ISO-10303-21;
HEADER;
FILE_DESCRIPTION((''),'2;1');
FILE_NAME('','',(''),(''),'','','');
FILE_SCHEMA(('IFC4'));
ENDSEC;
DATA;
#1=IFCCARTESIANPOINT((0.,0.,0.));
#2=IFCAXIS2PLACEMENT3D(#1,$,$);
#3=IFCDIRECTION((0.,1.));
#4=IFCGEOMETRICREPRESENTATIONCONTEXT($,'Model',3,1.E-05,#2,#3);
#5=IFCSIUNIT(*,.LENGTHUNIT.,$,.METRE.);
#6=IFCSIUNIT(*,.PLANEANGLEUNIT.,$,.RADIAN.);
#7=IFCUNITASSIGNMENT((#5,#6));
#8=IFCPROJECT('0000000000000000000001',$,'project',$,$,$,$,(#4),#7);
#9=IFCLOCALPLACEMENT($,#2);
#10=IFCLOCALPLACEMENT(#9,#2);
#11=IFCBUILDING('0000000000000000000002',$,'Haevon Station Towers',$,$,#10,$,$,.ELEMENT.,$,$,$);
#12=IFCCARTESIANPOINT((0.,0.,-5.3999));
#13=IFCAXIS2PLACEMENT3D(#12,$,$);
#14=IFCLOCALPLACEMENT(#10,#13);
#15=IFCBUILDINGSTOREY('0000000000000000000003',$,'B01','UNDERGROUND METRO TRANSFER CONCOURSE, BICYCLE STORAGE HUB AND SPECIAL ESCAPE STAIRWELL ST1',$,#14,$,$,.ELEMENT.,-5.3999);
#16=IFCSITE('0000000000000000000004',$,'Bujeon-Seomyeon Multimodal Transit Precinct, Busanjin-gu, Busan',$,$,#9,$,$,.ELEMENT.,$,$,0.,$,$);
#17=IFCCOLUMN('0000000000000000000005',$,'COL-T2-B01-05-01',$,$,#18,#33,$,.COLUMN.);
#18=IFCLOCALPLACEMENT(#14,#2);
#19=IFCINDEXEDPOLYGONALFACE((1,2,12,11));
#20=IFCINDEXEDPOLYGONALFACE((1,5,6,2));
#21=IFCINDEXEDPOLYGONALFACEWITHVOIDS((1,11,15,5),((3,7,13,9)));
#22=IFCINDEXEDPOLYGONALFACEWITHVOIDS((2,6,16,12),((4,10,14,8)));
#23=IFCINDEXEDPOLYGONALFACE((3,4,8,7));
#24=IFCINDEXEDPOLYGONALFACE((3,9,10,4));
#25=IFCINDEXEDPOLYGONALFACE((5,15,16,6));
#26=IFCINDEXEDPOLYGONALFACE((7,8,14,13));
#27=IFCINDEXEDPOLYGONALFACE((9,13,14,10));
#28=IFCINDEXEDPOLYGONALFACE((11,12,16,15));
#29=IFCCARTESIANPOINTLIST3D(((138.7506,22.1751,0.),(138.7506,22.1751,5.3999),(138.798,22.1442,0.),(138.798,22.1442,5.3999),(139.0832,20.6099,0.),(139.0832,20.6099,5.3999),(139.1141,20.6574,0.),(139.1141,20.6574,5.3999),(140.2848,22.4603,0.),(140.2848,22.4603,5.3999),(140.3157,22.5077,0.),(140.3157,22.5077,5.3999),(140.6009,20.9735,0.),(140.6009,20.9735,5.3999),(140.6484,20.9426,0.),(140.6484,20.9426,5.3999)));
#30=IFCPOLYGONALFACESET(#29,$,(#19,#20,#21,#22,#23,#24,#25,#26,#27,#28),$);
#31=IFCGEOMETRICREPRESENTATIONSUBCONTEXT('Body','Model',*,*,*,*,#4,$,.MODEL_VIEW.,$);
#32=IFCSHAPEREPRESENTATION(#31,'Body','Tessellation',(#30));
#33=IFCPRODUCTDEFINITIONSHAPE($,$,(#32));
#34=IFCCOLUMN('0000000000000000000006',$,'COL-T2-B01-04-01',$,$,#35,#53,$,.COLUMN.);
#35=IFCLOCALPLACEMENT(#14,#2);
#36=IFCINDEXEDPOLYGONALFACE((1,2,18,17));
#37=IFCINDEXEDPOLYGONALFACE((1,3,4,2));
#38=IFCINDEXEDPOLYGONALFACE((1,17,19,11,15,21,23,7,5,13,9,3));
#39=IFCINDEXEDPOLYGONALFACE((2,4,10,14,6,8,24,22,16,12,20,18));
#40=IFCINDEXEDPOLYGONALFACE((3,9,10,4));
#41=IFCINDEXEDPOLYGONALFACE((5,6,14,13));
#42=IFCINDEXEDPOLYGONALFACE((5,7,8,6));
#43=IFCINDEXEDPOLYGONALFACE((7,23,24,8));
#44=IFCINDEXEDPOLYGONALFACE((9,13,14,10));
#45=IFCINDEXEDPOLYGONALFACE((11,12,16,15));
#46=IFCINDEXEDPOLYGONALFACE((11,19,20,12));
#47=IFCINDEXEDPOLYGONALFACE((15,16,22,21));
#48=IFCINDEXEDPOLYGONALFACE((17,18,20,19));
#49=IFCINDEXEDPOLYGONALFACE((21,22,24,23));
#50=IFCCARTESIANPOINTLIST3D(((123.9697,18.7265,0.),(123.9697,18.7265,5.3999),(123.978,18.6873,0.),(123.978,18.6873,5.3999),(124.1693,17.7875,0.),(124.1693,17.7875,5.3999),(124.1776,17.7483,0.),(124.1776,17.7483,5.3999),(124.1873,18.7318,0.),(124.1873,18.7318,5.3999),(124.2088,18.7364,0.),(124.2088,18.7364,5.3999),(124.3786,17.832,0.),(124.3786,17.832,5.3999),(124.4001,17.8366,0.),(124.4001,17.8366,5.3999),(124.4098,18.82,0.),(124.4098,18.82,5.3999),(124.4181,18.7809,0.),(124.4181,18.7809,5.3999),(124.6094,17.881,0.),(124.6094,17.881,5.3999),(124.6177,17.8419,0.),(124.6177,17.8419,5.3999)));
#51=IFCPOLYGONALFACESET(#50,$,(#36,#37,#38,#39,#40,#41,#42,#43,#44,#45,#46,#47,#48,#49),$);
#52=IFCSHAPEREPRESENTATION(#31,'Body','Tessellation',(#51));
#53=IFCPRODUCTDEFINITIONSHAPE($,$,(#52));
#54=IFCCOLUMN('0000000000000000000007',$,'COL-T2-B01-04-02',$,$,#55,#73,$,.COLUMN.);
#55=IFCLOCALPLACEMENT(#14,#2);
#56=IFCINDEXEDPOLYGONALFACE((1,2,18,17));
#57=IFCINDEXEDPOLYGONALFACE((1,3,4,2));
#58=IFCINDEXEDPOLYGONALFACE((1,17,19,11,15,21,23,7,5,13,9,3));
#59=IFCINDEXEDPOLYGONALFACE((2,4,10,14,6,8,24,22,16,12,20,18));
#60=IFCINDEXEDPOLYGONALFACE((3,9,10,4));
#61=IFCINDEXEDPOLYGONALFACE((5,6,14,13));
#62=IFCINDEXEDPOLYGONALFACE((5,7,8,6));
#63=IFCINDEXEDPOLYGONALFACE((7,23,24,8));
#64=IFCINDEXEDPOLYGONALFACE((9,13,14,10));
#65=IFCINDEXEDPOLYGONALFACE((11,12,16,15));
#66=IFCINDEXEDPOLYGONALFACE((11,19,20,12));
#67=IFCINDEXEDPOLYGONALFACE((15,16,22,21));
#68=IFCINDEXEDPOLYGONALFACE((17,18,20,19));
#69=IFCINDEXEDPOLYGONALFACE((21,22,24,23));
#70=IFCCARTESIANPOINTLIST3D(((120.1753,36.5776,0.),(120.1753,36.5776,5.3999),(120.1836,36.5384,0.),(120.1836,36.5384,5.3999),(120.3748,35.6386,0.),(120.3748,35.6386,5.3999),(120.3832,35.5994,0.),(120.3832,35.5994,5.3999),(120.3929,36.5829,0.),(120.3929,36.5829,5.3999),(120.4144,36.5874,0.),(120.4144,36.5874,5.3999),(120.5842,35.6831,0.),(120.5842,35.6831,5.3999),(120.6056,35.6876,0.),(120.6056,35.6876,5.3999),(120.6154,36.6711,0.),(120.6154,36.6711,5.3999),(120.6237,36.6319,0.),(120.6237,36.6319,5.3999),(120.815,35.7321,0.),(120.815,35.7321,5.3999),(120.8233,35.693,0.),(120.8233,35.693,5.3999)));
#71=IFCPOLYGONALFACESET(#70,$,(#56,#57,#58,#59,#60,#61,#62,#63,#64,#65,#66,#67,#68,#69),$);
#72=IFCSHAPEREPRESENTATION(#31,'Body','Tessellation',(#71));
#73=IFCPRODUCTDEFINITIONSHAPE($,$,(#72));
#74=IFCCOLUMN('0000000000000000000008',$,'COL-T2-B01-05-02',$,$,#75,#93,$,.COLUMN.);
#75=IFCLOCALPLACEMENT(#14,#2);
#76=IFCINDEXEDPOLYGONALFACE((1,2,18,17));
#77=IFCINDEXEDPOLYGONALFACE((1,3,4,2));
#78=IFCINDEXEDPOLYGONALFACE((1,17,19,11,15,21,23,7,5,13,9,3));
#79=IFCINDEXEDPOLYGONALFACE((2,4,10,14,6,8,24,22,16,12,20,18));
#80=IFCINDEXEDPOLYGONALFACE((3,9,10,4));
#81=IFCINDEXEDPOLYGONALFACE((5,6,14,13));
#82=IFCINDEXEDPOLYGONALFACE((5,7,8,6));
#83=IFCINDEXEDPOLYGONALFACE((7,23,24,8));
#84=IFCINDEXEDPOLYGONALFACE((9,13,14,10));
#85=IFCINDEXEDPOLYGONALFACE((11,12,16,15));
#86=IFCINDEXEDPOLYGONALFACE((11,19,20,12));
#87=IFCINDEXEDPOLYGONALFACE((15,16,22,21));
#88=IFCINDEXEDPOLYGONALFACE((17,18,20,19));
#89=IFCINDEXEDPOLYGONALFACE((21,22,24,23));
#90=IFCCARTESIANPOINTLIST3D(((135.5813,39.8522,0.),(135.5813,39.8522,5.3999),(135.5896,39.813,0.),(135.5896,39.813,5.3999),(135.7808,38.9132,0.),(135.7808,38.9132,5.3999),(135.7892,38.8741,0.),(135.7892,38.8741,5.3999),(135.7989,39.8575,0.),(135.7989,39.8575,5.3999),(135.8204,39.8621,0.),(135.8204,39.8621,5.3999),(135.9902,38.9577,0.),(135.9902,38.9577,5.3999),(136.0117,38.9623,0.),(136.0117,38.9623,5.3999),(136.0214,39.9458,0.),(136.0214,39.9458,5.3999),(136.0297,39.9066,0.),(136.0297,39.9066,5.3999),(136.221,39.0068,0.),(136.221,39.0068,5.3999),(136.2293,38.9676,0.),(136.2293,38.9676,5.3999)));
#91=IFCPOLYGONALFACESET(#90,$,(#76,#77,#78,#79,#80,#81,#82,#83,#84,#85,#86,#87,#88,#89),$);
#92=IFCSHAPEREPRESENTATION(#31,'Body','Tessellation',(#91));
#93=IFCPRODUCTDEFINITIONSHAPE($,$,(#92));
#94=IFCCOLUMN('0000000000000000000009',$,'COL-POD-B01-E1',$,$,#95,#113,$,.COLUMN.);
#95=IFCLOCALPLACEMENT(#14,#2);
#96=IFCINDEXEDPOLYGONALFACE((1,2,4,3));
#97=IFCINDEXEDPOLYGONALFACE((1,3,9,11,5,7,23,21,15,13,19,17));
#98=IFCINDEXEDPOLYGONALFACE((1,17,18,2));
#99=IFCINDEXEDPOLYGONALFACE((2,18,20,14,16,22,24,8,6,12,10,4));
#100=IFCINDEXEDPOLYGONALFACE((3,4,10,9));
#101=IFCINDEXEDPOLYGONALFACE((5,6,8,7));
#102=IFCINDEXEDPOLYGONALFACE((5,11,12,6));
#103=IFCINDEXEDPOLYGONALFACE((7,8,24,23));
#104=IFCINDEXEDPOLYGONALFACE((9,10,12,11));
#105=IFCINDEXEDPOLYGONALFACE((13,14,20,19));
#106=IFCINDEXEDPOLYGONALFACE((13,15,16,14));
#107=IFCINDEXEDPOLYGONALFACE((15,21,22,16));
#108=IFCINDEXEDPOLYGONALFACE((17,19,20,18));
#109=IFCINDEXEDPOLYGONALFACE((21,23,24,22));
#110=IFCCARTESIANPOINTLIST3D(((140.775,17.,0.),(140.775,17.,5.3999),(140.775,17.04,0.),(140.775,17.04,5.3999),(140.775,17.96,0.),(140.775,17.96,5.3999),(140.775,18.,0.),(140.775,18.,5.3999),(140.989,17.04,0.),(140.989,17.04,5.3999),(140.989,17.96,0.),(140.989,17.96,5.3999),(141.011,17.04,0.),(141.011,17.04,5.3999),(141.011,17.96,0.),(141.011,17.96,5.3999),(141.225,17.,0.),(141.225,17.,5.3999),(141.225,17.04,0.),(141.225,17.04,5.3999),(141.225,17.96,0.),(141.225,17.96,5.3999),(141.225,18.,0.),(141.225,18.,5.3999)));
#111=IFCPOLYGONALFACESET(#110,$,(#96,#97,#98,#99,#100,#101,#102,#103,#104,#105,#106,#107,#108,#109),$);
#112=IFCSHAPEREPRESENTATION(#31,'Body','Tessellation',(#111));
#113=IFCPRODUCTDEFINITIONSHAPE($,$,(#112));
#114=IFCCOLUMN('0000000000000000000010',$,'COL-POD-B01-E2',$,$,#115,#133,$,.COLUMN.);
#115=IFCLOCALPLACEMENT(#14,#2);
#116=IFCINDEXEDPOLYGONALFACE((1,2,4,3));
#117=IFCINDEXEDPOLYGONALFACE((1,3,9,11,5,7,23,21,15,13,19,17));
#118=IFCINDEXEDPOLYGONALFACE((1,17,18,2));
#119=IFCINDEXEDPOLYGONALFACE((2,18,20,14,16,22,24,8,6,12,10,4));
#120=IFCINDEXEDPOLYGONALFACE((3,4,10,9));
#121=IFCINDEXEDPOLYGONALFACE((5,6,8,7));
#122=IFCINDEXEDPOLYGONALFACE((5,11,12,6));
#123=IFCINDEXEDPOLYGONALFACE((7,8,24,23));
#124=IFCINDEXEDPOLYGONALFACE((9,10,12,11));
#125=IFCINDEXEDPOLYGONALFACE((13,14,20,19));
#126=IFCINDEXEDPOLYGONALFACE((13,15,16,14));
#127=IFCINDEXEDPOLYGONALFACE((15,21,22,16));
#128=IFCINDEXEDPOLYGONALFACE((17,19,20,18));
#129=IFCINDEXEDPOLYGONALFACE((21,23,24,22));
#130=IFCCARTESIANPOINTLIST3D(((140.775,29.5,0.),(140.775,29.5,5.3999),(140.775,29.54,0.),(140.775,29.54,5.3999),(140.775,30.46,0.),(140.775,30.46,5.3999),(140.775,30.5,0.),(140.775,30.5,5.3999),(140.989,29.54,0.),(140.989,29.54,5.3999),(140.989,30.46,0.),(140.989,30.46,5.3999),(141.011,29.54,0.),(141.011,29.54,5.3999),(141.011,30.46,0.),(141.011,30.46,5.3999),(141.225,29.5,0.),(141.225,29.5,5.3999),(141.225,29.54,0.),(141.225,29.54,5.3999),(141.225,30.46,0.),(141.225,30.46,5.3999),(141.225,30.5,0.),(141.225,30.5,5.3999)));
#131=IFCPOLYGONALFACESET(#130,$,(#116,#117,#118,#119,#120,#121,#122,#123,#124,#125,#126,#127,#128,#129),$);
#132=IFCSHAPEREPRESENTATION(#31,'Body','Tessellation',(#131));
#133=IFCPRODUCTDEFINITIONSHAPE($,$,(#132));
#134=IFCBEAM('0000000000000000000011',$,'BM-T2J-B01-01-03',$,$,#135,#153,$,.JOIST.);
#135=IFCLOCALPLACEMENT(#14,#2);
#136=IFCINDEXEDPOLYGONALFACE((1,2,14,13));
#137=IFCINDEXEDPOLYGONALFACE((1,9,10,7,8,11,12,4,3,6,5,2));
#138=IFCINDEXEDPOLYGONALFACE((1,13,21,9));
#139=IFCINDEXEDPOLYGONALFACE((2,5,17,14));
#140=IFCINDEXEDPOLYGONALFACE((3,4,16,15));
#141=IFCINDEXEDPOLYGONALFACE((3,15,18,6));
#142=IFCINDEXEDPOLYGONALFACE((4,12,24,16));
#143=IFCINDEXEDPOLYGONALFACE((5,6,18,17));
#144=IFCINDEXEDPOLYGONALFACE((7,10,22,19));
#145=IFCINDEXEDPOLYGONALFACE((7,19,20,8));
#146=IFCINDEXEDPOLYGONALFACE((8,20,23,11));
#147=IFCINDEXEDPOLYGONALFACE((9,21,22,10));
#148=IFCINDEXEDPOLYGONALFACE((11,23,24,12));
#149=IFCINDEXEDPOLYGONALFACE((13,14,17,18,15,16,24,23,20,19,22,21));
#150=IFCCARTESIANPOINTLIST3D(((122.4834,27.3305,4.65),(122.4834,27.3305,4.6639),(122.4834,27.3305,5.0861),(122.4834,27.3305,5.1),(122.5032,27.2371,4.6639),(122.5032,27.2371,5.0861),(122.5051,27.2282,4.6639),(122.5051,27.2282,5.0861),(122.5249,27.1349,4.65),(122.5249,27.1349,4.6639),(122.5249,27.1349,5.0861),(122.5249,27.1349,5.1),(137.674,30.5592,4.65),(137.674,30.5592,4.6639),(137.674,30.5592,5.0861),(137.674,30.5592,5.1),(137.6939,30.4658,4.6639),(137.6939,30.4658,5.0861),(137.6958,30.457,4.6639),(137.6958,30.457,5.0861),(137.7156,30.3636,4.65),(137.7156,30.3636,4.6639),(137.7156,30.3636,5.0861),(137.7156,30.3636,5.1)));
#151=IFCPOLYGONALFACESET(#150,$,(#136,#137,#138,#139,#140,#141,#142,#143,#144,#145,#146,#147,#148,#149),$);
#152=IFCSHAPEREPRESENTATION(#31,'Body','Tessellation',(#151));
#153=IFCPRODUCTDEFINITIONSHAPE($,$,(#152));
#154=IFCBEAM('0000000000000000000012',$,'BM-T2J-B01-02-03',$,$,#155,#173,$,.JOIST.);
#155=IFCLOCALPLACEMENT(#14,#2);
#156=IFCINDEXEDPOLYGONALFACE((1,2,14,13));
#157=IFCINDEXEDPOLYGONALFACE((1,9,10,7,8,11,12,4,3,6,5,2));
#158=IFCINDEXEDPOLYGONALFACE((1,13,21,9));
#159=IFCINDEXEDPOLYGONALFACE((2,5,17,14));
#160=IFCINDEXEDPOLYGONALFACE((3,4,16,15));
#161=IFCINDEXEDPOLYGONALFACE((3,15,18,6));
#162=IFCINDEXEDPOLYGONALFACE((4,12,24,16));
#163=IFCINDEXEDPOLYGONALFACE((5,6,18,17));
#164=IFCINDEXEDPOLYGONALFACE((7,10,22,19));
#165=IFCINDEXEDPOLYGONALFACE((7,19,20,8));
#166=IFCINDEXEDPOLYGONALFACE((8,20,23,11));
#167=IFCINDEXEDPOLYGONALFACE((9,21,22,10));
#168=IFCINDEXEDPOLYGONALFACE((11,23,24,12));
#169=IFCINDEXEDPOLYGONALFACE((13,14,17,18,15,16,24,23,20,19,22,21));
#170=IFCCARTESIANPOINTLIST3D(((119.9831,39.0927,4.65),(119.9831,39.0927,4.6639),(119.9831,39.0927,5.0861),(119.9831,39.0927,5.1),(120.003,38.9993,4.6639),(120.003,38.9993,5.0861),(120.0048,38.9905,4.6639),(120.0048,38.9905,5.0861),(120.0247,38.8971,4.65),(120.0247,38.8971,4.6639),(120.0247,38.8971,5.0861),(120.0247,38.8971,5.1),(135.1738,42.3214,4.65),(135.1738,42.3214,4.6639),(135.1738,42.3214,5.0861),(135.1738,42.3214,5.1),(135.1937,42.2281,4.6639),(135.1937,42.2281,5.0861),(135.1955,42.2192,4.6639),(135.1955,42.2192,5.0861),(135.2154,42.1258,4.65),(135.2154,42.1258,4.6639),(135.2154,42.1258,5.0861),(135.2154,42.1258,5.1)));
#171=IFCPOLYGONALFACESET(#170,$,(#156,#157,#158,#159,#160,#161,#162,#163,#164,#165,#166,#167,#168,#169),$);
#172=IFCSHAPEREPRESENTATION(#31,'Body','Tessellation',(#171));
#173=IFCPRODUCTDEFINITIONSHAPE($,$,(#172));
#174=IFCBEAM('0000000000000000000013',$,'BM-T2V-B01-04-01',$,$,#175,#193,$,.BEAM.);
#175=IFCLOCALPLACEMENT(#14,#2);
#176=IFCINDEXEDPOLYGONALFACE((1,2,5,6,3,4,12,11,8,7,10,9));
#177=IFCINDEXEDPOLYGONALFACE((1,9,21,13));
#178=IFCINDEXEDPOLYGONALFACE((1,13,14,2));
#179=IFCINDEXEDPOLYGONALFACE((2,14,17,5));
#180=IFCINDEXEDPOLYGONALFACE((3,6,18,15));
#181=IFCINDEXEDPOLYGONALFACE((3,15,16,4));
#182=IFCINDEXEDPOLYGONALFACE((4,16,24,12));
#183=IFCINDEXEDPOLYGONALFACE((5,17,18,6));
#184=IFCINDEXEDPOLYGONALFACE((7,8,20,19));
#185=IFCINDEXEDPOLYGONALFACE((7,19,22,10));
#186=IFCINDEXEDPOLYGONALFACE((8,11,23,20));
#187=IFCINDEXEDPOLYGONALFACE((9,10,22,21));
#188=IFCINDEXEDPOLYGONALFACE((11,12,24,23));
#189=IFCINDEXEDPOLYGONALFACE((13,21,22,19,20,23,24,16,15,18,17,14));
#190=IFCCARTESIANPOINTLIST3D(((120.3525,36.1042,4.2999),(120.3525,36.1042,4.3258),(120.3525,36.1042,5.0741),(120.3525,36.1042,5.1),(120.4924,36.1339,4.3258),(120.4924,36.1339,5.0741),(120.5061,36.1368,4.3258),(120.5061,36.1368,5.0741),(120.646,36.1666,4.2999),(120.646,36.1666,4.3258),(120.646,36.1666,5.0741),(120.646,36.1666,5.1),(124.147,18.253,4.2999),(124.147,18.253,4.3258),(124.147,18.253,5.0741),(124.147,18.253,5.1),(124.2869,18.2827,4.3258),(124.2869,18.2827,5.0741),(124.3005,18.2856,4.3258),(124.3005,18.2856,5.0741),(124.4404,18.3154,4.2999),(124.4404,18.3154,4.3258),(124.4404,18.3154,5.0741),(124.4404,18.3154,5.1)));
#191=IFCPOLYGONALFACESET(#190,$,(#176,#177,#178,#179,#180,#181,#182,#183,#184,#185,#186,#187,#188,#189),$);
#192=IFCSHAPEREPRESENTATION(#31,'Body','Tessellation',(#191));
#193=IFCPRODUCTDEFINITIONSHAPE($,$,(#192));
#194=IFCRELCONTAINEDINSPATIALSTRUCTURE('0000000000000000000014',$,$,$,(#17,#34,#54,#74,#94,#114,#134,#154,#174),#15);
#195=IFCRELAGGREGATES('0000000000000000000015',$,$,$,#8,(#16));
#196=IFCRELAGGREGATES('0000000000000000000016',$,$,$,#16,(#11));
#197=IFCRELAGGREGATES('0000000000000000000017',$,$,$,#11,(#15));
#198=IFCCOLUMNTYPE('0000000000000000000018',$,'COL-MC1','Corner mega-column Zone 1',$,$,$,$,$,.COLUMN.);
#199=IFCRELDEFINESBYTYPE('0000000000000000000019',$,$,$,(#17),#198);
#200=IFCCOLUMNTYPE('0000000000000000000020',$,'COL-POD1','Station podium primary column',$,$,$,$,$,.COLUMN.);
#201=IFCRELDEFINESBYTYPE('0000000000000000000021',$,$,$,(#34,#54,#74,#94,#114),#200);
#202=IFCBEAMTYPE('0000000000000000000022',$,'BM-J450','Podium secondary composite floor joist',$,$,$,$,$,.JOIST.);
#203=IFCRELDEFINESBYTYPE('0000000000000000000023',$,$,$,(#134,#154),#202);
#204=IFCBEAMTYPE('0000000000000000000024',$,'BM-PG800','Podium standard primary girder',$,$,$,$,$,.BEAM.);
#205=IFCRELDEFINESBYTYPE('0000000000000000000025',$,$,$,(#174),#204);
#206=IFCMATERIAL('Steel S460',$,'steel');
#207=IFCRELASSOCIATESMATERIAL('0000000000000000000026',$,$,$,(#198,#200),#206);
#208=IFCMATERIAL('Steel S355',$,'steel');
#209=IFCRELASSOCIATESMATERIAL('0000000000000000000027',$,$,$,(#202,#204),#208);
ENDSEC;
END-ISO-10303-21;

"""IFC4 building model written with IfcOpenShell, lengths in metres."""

from ifc_helpers import new_model, si_unit, direction, frame, origin, origin_2d, place, context, subcontext, project, spatial, hollow_rectangle, i_section, extrude, material, material_profile, profile_set, type_object, element, save


model = new_model("IFC4")

# Units and contexts
model_context = context("Model", 3, precision=1e-05, world=origin(), true_north=direction((0.0, 1.0)))
body_context = subcontext(model_context, "Body", "Model", "MODEL_VIEW")
ifc_project = project(units=[si_unit("LENGTHUNIT", "METRE"), si_unit("PLANEANGLEUNIT", "RADIAN")], contexts=[model_context])

# Site, building, storey
site_placement = place(None, origin())
site = spatial("IfcSite", under=ifc_project, at=site_placement, Name="Bujeon-Seomyeon Multimodal Transit Precinct, Busanjin-gu, Busan", CompositionType="ELEMENT", RefElevation=0.0)
building_placement = place(site_placement, origin())
building = spatial("IfcBuilding", under=site, at=building_placement, Name="Haevon Station Towers", CompositionType="ELEMENT")
storey_placement = place(building_placement, frame((0.0, 0.0, -5.3999)))
storey = spatial("IfcBuildingStorey", under=building, at=storey_placement, Name="B01", Description="UNDERGROUND METRO TRANSFER CONCOURSE, BICYCLE STORAGE HUB AND SPECIAL ESCAPE STAIRWELL ST1", CompositionType="ELEMENT", Elevation=-5.3999)

# Columns
ifc_material_1 = material(Name="Steel S460", Category="steel")
ifc_material_profile_1 = material_profile(ifc_material_1, hollow_rectangle(XDim=1.6001, YDim=1.6001, WallThickness=0.04, at=origin_2d()), Name="BOX-1600x1600x40")
ifc_profile_set_1 = profile_set([ifc_material_profile_1], Name="Steel S460")
column_type_1 = type_object("IfcColumnType", Name="COL-MC1", Description="Corner mega-column Zone 1", PredefinedType="COLUMN", material=ifc_profile_set_1)
column_placement = place(storey_placement, frame((139.6995, 21.5588, 0.0), z_axis=(0.0, 0.0, 1.0), x_axis=(0.978148, 0.207912, 0.0)))
element("IfcColumn", 1, at=column_placement, inside=storey, type_object=column_type_1, Name="COL-T2-B01-05-01", PredefinedType="COLUMN", context=body_context, shape_type="SweptSolid", body=[
    extrude(hollow_rectangle(XDim=1.6001, YDim=1.6001, WallThickness=0.04, at=origin_2d()), origin(), (0.0, 0.0, 1.0), 5.3999),
])
ifc_material_profile_2 = material_profile(ifc_material_1, i_section(OverallWidth=0.45, OverallDepth=1.0, WebThickness=0.022, FlangeThickness=0.04, at=origin_2d()), Name="H-1000x450x22x40")
ifc_profile_set_2 = profile_set([ifc_material_profile_2], Name="Steel S460")
column_type_2 = type_object("IfcColumnType", Name="COL-POD1", Description="Station podium primary column", PredefinedType="COLUMN", material=ifc_profile_set_2)
for number, where, z_axis, x_axis, name in (
    (2, (124.2937, 18.2842, 0.0), (0.0, 0.0, 1.0), (0.978148, 0.207912, 0.0), "COL-T2-B01-04-01"),
    (3, (120.4993, 36.1353, 0.0), (0.0, 0.0, 1.0), (0.978148, 0.207912, 0.0), "COL-T2-B01-04-02"),
    (4, (135.9053, 39.4099, 0.0), (0.0, 0.0, 1.0), (0.978148, 0.207912, 0.0), "COL-T2-B01-05-02"),
    (5, (141.0, 17.5, 0.0), (0.0, 0.0, 1.0), (1.0, 0.0, 0.0), "COL-POD-B01-E1"),
    (6, (141.0, 30.0, 0.0), (0.0, 0.0, 1.0), (1.0, 0.0, 0.0), "COL-POD-B01-E2"),
):
    element("IfcColumn", number, at=place(storey_placement, frame(where, z_axis=z_axis, x_axis=x_axis)), inside=storey, type_object=column_type_2, Name=name, PredefinedType="COLUMN", context=body_context, shape_type="SweptSolid", body=[
        extrude(i_section(OverallWidth=0.45, OverallDepth=1.0, WebThickness=0.022, FlangeThickness=0.04, at=origin_2d()), origin(), (0.0, 0.0, 1.0), 5.3999),
    ])

# Beams
ifc_material_2 = material(Name="Steel S355", Category="steel")
ifc_material_profile_3 = material_profile(ifc_material_2, i_section(OverallWidth=0.2, OverallDepth=0.45, WebThickness=0.009, FlangeThickness=0.0139, at=origin_2d()), Name="H-450x200x9x14")
ifc_profile_set_3 = profile_set([ifc_material_profile_3], Name="Steel S355")
beam_type_1 = type_object("IfcBeamType", Name="BM-J450", Description="Podium secondary composite floor joist", PredefinedType="JOIST", material=ifc_profile_set_3)
for number, where, z_axis, x_axis, name in (
    (7, (122.5042, 27.2327, 4.875), (0.978149, 0.207904, 0.0), (-0.207904, 0.978149, 0.0), "BM-T2J-B01-01-03"),
    (8, (120.0039, 38.9949, 4.875), (0.978149, 0.207904, 0.0), (-0.207904, 0.978149, 0.0), "BM-T2J-B01-02-03"),
):
    element("IfcBeam", number, at=place(storey_placement, frame(where, z_axis=z_axis, x_axis=x_axis)), inside=storey, type_object=beam_type_1, Name=name, PredefinedType="JOIST", context=body_context, shape_type="SweptSolid", body=[
        extrude(i_section(OverallWidth=0.2, OverallDepth=0.45, WebThickness=0.009, FlangeThickness=0.0139, at=origin_2d()), origin(), (0.0, 0.0, 1.0), 15.53),
    ])
ifc_material_profile_4 = material_profile(ifc_material_2, i_section(OverallWidth=0.3, OverallDepth=0.8, WebThickness=0.0139, FlangeThickness=0.0259, at=origin_2d()), Name="H-800x300x14x26")
ifc_profile_set_4 = profile_set([ifc_material_profile_4], Name="Steel S355")
beam_type_2 = type_object("IfcBeamType", Name="BM-PG800", Description="Podium standard primary girder", PredefinedType="BEAM", material=ifc_profile_set_4)
beam_1_placement = place(storey_placement, frame((124.2937, 18.2842, 4.7), z_axis=(-0.207915, 0.978147, 0.0), x_axis=(-0.978147, -0.207915, 0.0)))
element("IfcBeam", 9, at=beam_1_placement, inside=storey, type_object=beam_type_2, Name="BM-T2V-B01-04-01", PredefinedType="BEAM", context=body_context, shape_type="SweptSolid", body=[
    extrude(i_section(OverallWidth=0.3, OverallDepth=0.8, WebThickness=0.0139, FlangeThickness=0.0259, at=origin_2d()), origin(), (0.0, 0.0, 1.0), 18.25),
])

save(model, "model.ifc")
